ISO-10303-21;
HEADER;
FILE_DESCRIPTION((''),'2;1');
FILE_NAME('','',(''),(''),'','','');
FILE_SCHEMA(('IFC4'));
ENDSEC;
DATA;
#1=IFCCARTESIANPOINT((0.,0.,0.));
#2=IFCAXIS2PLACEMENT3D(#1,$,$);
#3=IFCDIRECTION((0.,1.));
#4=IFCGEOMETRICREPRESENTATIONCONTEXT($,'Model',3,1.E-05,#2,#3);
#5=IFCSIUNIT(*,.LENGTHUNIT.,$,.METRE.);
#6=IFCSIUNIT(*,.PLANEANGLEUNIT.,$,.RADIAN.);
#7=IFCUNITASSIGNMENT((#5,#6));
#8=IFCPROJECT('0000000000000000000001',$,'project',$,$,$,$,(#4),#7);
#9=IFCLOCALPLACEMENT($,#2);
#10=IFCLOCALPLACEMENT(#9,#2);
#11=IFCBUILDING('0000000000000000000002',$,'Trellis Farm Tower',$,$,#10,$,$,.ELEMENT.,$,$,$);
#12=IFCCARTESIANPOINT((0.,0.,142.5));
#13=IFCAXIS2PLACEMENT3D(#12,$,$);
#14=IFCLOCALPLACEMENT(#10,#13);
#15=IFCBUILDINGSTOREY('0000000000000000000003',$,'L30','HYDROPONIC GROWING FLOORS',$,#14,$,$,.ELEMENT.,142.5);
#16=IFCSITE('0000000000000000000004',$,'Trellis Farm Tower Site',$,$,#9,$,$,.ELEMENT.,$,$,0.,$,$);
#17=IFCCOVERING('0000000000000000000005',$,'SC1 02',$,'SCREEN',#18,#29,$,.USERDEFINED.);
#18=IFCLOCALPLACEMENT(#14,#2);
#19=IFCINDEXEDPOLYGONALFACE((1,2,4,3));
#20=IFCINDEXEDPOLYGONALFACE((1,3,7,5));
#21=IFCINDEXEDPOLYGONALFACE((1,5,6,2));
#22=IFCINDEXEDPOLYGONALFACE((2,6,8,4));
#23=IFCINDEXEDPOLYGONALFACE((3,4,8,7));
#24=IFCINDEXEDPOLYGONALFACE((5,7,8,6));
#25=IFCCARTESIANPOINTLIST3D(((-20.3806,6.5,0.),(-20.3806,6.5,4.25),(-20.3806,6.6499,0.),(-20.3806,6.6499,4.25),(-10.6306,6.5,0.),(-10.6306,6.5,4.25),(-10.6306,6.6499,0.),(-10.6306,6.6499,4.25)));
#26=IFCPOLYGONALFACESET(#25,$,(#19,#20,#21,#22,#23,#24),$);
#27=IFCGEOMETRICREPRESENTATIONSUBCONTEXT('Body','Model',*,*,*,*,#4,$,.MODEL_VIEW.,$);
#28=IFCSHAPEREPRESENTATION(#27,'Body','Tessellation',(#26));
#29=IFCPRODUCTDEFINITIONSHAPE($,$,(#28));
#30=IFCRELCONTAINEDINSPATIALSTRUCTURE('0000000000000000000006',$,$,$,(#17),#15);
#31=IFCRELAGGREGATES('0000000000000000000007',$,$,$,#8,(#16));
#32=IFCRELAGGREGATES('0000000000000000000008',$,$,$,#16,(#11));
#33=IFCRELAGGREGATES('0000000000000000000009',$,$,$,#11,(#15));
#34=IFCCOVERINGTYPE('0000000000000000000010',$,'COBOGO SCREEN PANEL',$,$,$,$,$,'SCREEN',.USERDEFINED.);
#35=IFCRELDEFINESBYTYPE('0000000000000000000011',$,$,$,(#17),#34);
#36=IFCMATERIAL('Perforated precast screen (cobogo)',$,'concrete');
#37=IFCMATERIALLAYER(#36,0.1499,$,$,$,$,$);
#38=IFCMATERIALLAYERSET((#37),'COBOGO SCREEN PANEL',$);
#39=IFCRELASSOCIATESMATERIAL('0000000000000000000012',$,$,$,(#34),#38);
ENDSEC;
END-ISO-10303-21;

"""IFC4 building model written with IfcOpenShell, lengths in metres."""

from ifc_helpers import new_model, si_unit, direction, frame, origin, place, context, subcontext, project, spatial, polyline, outline, extrude, source, transform, mapped, material, layer, layer_set, type_object, element, save


model = new_model("IFC4")

# Units and contexts
model_context = context("Model", 3, precision=1e-05, world=origin(), true_north=direction((0.0, 1.0)))
body_context = subcontext(model_context, "Body", "Model", "MODEL_VIEW")
ifc_project = project(units=[si_unit("LENGTHUNIT", "METRE"), si_unit("PLANEANGLEUNIT", "RADIAN")], contexts=[model_context])

# Site, building, storey
site_placement = place(None, origin())
site = spatial("IfcSite", under=ifc_project, at=site_placement, Name="Trellis Farm Tower Site", CompositionType="ELEMENT", RefElevation=0.0)
building_placement = place(site_placement, origin())
building = spatial("IfcBuilding", under=site, at=building_placement, Name="Trellis Farm Tower", CompositionType="ELEMENT")
storey_placement = place(building_placement, frame((0.0, 0.0, 142.5)))
storey = spatial("IfcBuildingStorey", under=building, at=storey_placement, Name="L30", Description="HYDROPONIC GROWING FLOORS", CompositionType="ELEMENT", Elevation=142.5)

# Shared definitions
placement = place(storey_placement, origin())

# Covering
ifc_material_1 = material(Name="Perforated precast screen (cobogo)", Category="concrete")
ifc_layer_1 = layer(ifc_material_1, 0.1499)
ifc_layer_set_1 = layer_set([ifc_layer_1], Name="COBOGO SCREEN PANEL")
covering_type = type_object("IfcCoveringType", Name="COBOGO SCREEN PANEL", ElementType="SCREEN", PredefinedType="USERDEFINED", material=ifc_layer_set_1)
shared_shape_1 = source(origin(), body_context, "Body", "SweptSolid", [
    extrude(outline(polyline([(-10.6306, 6.6499), (-20.3806, 6.6499), (-20.3806, 6.5), (-10.6306, 6.5), (-10.6306, 6.6499)])), origin(), (0.0, 0.0, 1.0), 4.25),
])
element("IfcCovering", 1, at=placement, inside=storey, type_object=covering_type, Name="SC1 02", ObjectType="SCREEN", PredefinedType="USERDEFINED", context=body_context, shape_type="MappedRepresentation", body=[
    mapped(shared_shape_1, transform((0.0, 0.0, 0.0))),
])

save(model, "model.ifc")
